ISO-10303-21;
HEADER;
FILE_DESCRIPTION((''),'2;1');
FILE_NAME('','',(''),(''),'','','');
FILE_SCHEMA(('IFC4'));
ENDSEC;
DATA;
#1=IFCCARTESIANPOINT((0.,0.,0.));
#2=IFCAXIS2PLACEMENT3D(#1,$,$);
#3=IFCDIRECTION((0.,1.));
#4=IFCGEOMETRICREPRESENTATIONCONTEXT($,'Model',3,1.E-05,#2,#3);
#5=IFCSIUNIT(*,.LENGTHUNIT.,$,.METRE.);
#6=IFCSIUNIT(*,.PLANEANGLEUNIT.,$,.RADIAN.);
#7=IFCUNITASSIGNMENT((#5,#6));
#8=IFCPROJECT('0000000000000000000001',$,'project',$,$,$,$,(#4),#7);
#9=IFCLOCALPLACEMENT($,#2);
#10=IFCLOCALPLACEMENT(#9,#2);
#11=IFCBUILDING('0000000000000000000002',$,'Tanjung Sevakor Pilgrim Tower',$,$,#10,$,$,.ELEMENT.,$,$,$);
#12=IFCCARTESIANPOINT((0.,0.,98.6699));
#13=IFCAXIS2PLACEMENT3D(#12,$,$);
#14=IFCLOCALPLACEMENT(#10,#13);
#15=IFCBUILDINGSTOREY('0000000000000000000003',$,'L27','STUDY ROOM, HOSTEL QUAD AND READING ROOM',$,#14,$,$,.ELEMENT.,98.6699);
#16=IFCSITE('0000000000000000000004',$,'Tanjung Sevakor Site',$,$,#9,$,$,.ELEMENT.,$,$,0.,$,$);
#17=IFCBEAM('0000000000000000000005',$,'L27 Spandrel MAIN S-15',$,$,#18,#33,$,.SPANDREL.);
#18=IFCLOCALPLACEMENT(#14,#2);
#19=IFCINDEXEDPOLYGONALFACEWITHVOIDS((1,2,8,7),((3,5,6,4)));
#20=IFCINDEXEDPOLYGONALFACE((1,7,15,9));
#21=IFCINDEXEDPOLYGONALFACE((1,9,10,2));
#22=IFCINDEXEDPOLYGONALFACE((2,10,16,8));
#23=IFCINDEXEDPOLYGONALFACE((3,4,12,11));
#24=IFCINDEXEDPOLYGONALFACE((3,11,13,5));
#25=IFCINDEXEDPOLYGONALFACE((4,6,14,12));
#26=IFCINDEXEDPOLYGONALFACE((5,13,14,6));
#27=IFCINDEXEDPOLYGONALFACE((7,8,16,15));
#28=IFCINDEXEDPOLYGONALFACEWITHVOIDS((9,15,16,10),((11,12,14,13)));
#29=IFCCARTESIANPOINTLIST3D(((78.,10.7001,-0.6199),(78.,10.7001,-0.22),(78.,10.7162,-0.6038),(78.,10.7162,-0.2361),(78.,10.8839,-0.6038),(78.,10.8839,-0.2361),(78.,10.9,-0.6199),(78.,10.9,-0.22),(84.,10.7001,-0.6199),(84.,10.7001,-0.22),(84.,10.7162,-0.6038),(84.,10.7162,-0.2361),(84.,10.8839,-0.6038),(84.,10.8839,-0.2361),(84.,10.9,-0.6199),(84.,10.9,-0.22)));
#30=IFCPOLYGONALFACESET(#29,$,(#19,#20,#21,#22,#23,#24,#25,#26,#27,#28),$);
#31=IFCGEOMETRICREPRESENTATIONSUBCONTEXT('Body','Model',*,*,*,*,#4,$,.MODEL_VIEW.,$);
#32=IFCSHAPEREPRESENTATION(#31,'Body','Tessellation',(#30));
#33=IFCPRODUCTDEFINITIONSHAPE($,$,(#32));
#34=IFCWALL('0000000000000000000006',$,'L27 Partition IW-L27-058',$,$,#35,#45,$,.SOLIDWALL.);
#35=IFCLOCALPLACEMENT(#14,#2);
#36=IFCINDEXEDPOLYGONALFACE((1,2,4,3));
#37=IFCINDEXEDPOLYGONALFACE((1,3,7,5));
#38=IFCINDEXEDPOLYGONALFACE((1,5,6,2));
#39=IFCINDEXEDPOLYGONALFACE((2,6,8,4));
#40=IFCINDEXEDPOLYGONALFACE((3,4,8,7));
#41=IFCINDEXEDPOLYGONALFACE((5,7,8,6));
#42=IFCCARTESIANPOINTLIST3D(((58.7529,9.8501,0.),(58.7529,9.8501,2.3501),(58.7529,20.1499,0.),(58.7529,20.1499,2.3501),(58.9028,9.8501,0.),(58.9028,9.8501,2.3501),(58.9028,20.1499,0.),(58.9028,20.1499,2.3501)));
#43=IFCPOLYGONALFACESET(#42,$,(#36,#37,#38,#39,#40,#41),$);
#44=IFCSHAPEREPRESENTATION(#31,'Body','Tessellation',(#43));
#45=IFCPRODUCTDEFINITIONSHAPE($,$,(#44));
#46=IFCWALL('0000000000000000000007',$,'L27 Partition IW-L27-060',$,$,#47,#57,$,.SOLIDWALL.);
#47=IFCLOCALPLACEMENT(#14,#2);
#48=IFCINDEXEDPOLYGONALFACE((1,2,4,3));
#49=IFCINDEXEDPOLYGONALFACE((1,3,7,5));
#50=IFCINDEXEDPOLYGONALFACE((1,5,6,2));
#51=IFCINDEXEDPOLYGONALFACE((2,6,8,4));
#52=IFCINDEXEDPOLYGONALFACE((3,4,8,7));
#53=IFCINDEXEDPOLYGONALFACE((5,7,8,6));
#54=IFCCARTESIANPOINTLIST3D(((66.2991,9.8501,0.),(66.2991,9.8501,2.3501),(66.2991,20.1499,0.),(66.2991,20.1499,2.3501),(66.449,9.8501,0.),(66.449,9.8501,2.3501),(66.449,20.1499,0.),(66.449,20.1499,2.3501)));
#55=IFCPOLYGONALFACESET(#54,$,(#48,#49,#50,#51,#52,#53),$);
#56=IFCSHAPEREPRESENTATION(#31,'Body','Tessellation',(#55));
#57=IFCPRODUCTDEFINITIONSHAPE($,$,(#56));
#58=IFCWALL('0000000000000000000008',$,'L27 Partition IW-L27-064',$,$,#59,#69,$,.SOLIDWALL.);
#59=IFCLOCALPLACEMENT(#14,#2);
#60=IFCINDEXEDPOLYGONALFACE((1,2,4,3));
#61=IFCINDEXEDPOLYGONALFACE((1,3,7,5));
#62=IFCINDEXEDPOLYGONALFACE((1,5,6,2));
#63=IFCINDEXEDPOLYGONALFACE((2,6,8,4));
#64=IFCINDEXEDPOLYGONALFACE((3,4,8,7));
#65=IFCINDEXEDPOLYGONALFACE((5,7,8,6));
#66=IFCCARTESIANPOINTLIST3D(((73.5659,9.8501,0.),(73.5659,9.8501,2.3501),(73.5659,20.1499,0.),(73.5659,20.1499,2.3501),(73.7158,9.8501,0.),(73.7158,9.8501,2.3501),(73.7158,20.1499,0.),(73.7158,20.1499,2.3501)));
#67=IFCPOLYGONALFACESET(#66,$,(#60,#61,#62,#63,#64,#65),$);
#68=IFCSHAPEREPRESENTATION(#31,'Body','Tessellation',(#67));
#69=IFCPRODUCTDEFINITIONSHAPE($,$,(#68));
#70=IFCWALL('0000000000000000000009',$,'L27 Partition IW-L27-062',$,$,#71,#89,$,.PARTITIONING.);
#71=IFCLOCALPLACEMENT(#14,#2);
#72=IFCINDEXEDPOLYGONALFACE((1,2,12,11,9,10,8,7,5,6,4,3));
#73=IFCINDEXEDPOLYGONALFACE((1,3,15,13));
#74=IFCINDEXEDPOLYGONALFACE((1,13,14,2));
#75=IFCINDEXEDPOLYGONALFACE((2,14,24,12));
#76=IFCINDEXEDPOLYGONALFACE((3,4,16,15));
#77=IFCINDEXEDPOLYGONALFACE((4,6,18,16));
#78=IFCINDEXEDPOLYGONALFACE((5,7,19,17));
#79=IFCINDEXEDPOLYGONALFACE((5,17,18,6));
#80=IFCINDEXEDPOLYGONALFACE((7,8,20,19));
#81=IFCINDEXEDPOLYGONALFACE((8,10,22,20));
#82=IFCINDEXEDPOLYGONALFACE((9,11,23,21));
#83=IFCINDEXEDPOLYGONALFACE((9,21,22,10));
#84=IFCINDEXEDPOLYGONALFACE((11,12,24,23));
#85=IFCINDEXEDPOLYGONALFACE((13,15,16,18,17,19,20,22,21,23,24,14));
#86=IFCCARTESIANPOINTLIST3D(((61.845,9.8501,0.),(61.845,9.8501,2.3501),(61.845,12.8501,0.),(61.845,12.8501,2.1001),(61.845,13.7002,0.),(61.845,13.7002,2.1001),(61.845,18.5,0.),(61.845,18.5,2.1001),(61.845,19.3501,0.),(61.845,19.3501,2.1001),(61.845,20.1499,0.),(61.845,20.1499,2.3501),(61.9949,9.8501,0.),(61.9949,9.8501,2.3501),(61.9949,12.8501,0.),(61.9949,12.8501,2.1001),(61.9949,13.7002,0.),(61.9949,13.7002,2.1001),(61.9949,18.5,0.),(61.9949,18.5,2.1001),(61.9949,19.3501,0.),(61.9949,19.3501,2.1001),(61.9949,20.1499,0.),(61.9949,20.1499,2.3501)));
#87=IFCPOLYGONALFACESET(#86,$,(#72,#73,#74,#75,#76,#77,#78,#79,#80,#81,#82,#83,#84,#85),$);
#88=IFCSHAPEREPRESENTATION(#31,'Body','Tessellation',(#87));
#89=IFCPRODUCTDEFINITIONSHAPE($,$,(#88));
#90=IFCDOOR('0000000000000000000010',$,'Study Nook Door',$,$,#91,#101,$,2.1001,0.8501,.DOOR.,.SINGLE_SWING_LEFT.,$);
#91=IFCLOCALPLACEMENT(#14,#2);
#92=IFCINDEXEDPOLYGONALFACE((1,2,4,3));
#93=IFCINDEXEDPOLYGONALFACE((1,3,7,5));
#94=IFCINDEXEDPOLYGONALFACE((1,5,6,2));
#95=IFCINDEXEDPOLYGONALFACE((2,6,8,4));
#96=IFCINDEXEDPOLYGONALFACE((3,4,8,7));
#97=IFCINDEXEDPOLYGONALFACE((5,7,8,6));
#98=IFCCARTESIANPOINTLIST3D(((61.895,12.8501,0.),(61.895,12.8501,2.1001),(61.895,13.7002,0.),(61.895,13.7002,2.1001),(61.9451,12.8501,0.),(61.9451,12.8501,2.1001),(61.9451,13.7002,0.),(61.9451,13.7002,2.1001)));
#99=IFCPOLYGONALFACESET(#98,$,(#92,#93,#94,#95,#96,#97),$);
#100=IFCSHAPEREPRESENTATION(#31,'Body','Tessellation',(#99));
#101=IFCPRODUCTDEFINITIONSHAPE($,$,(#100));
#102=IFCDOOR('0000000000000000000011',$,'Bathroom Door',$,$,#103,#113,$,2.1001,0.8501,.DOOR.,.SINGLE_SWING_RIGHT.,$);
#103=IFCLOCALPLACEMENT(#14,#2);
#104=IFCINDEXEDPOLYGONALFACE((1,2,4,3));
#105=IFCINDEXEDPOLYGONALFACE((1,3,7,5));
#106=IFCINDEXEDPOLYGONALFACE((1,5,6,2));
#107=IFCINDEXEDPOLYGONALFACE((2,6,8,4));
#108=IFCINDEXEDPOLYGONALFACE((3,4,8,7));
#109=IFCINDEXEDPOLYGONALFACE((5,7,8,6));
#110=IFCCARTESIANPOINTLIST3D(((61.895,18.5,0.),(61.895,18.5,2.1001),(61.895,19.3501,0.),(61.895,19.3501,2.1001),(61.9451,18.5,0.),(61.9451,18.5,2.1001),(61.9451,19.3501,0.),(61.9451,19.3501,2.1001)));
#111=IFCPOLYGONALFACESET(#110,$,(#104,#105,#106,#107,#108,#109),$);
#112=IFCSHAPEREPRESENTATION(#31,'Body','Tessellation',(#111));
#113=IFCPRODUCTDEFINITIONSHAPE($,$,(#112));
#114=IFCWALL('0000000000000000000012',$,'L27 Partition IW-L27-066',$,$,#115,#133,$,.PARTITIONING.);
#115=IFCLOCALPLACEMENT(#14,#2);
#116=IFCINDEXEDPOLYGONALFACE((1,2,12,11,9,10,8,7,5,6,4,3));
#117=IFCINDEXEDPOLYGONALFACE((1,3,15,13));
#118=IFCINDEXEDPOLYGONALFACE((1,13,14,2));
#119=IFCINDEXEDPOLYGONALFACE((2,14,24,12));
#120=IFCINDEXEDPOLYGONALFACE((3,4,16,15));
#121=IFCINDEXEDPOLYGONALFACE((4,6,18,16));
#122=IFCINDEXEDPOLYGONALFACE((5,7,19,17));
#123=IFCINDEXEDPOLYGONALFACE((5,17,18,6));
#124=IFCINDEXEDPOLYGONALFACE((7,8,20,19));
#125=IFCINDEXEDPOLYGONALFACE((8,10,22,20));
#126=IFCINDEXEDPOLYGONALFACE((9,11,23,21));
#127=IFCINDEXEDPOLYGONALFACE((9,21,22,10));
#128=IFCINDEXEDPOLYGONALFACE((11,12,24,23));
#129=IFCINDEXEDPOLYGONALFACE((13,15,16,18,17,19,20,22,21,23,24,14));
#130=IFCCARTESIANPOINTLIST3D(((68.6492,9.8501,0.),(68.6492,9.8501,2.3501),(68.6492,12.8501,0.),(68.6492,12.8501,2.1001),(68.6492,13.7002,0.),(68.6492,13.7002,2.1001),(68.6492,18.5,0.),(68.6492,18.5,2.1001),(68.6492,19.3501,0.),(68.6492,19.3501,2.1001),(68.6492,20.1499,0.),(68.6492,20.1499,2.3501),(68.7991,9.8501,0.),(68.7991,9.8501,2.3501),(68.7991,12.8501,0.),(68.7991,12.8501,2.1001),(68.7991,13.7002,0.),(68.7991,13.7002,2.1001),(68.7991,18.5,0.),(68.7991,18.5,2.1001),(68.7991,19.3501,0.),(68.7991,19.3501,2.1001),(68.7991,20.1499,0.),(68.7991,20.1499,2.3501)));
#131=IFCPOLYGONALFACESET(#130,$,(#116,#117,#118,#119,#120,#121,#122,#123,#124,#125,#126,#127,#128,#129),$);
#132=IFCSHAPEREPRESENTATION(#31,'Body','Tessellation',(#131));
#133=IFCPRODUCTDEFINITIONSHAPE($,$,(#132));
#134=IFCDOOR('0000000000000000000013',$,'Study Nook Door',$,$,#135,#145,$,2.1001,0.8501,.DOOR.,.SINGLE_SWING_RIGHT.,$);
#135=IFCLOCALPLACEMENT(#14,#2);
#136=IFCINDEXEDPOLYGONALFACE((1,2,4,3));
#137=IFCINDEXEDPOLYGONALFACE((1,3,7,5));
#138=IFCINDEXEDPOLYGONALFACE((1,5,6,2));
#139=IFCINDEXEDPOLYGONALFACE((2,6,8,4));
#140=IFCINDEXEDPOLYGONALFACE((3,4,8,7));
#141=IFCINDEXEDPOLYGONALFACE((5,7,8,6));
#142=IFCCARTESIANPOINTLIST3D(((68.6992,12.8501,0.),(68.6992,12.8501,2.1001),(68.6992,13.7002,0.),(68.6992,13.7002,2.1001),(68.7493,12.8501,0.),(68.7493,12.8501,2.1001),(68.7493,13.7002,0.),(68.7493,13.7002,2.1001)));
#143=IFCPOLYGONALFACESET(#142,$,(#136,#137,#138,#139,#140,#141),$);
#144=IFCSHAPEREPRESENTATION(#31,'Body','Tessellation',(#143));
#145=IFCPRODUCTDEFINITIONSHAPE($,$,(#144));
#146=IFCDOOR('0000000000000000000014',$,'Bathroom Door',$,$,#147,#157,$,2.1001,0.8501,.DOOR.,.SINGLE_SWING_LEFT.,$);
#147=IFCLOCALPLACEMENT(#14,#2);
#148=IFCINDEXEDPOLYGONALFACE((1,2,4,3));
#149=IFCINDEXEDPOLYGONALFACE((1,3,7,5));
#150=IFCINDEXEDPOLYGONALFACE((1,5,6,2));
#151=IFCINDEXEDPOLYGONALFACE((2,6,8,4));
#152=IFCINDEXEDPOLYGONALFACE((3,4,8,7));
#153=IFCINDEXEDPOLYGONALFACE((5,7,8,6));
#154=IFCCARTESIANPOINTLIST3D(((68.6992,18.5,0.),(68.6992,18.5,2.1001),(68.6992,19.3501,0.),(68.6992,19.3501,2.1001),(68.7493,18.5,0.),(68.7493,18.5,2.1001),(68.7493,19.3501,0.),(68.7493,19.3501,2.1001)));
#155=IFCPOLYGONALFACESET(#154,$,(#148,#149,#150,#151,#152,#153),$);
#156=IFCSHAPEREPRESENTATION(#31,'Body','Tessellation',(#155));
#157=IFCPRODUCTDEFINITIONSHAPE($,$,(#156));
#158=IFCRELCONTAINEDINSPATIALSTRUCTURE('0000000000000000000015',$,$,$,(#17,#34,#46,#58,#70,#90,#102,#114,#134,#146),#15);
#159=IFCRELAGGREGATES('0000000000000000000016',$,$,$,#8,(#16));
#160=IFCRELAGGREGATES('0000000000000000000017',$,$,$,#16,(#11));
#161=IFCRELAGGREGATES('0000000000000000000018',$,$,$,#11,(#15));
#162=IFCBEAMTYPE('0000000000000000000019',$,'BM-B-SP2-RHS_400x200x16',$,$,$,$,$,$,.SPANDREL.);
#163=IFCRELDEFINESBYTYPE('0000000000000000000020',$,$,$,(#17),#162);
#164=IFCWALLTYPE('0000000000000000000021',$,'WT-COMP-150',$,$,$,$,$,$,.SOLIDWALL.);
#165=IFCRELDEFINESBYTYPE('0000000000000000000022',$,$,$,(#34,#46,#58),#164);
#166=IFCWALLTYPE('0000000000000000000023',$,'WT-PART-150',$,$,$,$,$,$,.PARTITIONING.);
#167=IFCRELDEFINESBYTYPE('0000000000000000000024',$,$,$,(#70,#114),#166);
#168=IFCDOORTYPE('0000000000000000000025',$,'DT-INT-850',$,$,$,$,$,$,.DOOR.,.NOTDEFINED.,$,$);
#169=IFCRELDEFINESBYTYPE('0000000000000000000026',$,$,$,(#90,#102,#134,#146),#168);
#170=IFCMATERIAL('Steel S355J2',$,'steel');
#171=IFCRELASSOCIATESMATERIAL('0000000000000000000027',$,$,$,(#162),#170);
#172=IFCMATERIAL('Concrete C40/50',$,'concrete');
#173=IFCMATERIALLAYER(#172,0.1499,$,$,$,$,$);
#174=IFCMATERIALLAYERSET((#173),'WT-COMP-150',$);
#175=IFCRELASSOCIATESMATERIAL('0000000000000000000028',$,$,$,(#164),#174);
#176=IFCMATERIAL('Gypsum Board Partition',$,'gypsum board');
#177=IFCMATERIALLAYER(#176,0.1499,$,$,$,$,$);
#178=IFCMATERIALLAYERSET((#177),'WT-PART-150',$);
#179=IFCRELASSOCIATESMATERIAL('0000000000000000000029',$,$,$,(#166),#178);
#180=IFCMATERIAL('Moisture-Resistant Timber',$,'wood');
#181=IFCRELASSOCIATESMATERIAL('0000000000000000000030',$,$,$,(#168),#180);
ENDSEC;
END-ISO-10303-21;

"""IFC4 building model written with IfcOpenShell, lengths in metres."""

from ifc_helpers import new_model, si_unit, direction, frame, frame_2d, origin, origin_2d, place, context, subcontext, project, spatial, rectangle, hollow_rectangle, extrude, material, layer, layer_set, material_profile, profile_set, type_object, element, fill, save


model = new_model("IFC4")

# Units and contexts
model_context = context("Model", 3, precision=1e-05, world=origin(), true_north=direction((0.0, 1.0)))
body_context = subcontext(model_context, "Body", "Model", "MODEL_VIEW")
ifc_project = project(units=[si_unit("LENGTHUNIT", "METRE"), si_unit("PLANEANGLEUNIT", "RADIAN")], contexts=[model_context])

# Site, building, storey
site_placement = place(None, origin())
site = spatial("IfcSite", under=ifc_project, at=site_placement, Name="Tanjung Sevakor Site", CompositionType="ELEMENT", RefElevation=0.0)
building_placement = place(site_placement, origin())
building = spatial("IfcBuilding", under=site, at=building_placement, Name="Tanjung Sevakor Pilgrim Tower", CompositionType="ELEMENT")
storey_placement = place(building_placement, frame((0.0, 0.0, 98.6699)))
storey = spatial("IfcBuildingStorey", under=building, at=storey_placement, Name="L27", Description="STUDY ROOM, HOSTEL QUAD AND READING ROOM", CompositionType="ELEMENT", Elevation=98.6699)

# Beam
ifc_material_1 = material(Name="Steel S355J2", Category="steel")
ifc_material_profile_1 = material_profile(ifc_material_1, hollow_rectangle(XDim=0.2, YDim=0.3999, WallThickness=0.0161, at=origin_2d()))
ifc_profile_set_1 = profile_set([ifc_material_profile_1], Name="Steel S355J2")
beam_type_1 = type_object("IfcBeamType", Name="BM-B-SP2-RHS_400x200x16", PredefinedType="SPANDREL", material=ifc_profile_set_1)
for number, where, z_axis, x_axis, name in (
    (1, (78.0, 10.8, -0.4199), (1.0, 0.0, 0.0), (0.0, 1.0, 0.0), "L27 Spandrel MAIN S-15"),
):
    element("IfcBeam", number, at=place(storey_placement, frame(where, z_axis=z_axis, x_axis=x_axis)), inside=storey, type_object=beam_type_1, Name=name, PredefinedType="SPANDREL", context=body_context, shape_type="SweptSolid", body=[
        extrude(hollow_rectangle(XDim=0.2, YDim=0.3999, WallThickness=0.0161, at=origin_2d()), origin(), (0.0, 0.0, 1.0), 6.0),
    ])

# Walls
ifc_material_2 = material(Name="Concrete C40/50", Category="concrete")
ifc_layer_1 = layer(ifc_material_2, 0.1499)
ifc_layer_set_1 = layer_set([ifc_layer_1], Name="WT-COMP-150")
wall_type_1 = type_object("IfcWallType", Name="WT-COMP-150", PredefinedType="SOLIDWALL", material=ifc_layer_set_1)
for number, where, z_axis, x_axis, name in (
    (2, (58.8279, 9.8501, 0.0), (0.0, 0.0, 1.0), (0.0, 1.0, 0.0), "L27 Partition IW-L27-058"),
    (3, (66.374, 9.8501, 0.0), (0.0, 0.0, 1.0), (0.0, 1.0, 0.0), "L27 Partition IW-L27-060"),
    (4, (73.6409, 9.8501, 0.0), (0.0, 0.0, 1.0), (0.0, 1.0, 0.0), "L27 Partition IW-L27-064"),
):
    element("IfcWall", number, at=place(storey_placement, frame(where, z_axis=z_axis, x_axis=x_axis)), inside=storey, type_object=wall_type_1, Name=name, PredefinedType="SOLIDWALL", context=body_context, shape_type="SweptSolid", body=[
        extrude(rectangle(XDim=10.2998, YDim=0.1499, at=frame_2d((5.1499, 0.0))), origin(), (0.0, 0.0, 1.0), 2.3501),
    ])

# Walls, openings, doors
ifc_material_3 = material(Name="Gypsum Board Partition", Category="gypsum board")
ifc_layer_2 = layer(ifc_material_3, 0.1499)
ifc_layer_set_2 = layer_set([ifc_layer_2], Name="WT-PART-150")
wall_type_2 = type_object("IfcWallType", Name="WT-PART-150", PredefinedType="PARTITIONING", material=ifc_layer_set_2)
wall_1_placement = place(storey_placement, frame((61.9199, 9.8501, 0.0), z_axis=(0.0, 0.0, 1.0), x_axis=(0.0, 1.0, 0.0)))
wall_1 = element("IfcWall", 5, at=wall_1_placement, inside=storey, type_object=wall_type_2, Name="L27 Partition IW-L27-062", PredefinedType="PARTITIONING", context=body_context, shape_type="SweptSolid", body=[
    extrude(rectangle(XDim=10.2998, YDim=0.1499, at=frame_2d((5.1499, 0.0))), origin(), (0.0, 0.0, 1.0), 2.3501),
])
opening_1_placement = place(wall_1_placement, frame((3.0, 0.0, 0.0)))
opening_1 = element("IfcOpeningElement", 6, at=opening_1_placement, cuts=wall_1, PredefinedType="OPENING", context=body_context, shape_type="SweptSolid", body=[
    extrude(rectangle(XDim=0.8501, YDim=2.1001, at=frame_2d((0.425, 1.05))), frame((0.0, 0.085, 0.0), z_axis=(0.0, -1.0, 0.0), x_axis=(1.0, 0.0, 0.0)), (0.0, 0.0, 1.0), 0.1699),
])
opening_2_placement = place(wall_1_placement, frame((8.6499, 0.0, 0.0)))
opening_2 = element("IfcOpeningElement", 7, at=opening_2_placement, cuts=wall_1, PredefinedType="OPENING", context=body_context, shape_type="SweptSolid", body=[
    extrude(rectangle(XDim=0.8501, YDim=2.1001, at=frame_2d((0.425, 1.05))), frame((0.0, 0.085, 0.0), z_axis=(0.0, -1.0, 0.0), x_axis=(1.0, 0.0, 0.0)), (0.0, 0.0, 1.0), 0.1699),
])
ifc_material_4 = material(Name="Moisture-Resistant Timber", Category="wood")
door_type = type_object("IfcDoorType", Name="DT-INT-850", OperationType="NOTDEFINED", PredefinedType="DOOR", material=ifc_material_4)
door_1_placement = place(opening_1_placement, origin())
door_1 = element("IfcDoor", 8, at=door_1_placement, inside=storey, type_object=door_type, Name="Study Nook Door", OperationType="SINGLE_SWING_LEFT", OverallHeight=2.1001, OverallWidth=0.8501, PredefinedType="DOOR", context=body_context, shape_type="SweptSolid", body=[
    extrude(rectangle(XDim=0.8501, YDim=2.1001, at=frame_2d((0.425, 1.05))), frame((0.0, 0.0249, 0.0), z_axis=(0.0, -1.0, 0.0), x_axis=(1.0, 0.0, 0.0)), (0.0, 0.0, 1.0), 0.05),
])
fill(opening_1, door_1)
door_2_placement = place(opening_2_placement, origin())
door_2 = element("IfcDoor", 9, at=door_2_placement, inside=storey, type_object=door_type, Name="Bathroom Door", OperationType="SINGLE_SWING_RIGHT", OverallHeight=2.1001, OverallWidth=0.8501, PredefinedType="DOOR", context=body_context, shape_type="SweptSolid", body=[
    extrude(rectangle(XDim=0.8501, YDim=2.1001, at=frame_2d((0.425, 1.05))), frame((0.0, 0.0249, 0.0), z_axis=(0.0, -1.0, 0.0), x_axis=(1.0, 0.0, 0.0)), (0.0, 0.0, 1.0), 0.05),
])
fill(opening_2, door_2)
wall_2_placement = place(storey_placement, frame((68.7241, 9.8501, 0.0), z_axis=(0.0, 0.0, 1.0), x_axis=(0.0, 1.0, 0.0)))
wall_2 = element("IfcWall", 10, at=wall_2_placement, inside=storey, type_object=wall_type_2, Name="L27 Partition IW-L27-066", PredefinedType="PARTITIONING", context=body_context, shape_type="SweptSolid", body=[
    extrude(rectangle(XDim=10.2998, YDim=0.1499, at=frame_2d((5.1499, 0.0))), origin(), (0.0, 0.0, 1.0), 2.3501),
])
opening_3_placement = place(wall_2_placement, frame((3.0, 0.0, 0.0)))
opening_3 = element("IfcOpeningElement", 11, at=opening_3_placement, cuts=wall_2, PredefinedType="OPENING", context=body_context, shape_type="SweptSolid", body=[
    extrude(rectangle(XDim=0.8501, YDim=2.1001, at=frame_2d((0.425, 1.05))), frame((0.0, 0.085, 0.0), z_axis=(0.0, -1.0, 0.0), x_axis=(1.0, 0.0, 0.0)), (0.0, 0.0, 1.0), 0.1699),
])
opening_4_placement = place(wall_2_placement, frame((8.6499, 0.0, 0.0)))
opening_4 = element("IfcOpeningElement", 12, at=opening_4_placement, cuts=wall_2, PredefinedType="OPENING", context=body_context, shape_type="SweptSolid", body=[
    extrude(rectangle(XDim=0.8501, YDim=2.1001, at=frame_2d((0.425, 1.05))), frame((0.0, 0.085, 0.0), z_axis=(0.0, -1.0, 0.0), x_axis=(1.0, 0.0, 0.0)), (0.0, 0.0, 1.0), 0.1699),
])
door_3_placement = place(opening_3_placement, origin())
door_3 = element("IfcDoor", 13, at=door_3_placement, inside=storey, type_object=door_type, Name="Study Nook Door", OperationType="SINGLE_SWING_RIGHT", OverallHeight=2.1001, OverallWidth=0.8501, PredefinedType="DOOR", context=body_context, shape_type="SweptSolid", body=[
    extrude(rectangle(XDim=0.8501, YDim=2.1001, at=frame_2d((0.425, 1.05))), frame((0.0, 0.0249, 0.0), z_axis=(0.0, -1.0, 0.0), x_axis=(1.0, 0.0, 0.0)), (0.0, 0.0, 1.0), 0.05),
])
fill(opening_3, door_3)
door_4_placement = place(opening_4_placement, origin())
door_4 = element("IfcDoor", 14, at=door_4_placement, inside=storey, type_object=door_type, Name="Bathroom Door", OperationType="SINGLE_SWING_LEFT", OverallHeight=2.1001, OverallWidth=0.8501, PredefinedType="DOOR", context=body_context, shape_type="SweptSolid", body=[
    extrude(rectangle(XDim=0.8501, YDim=2.1001, at=frame_2d((0.425, 1.05))), frame((0.0, 0.0249, 0.0), z_axis=(0.0, -1.0, 0.0), x_axis=(1.0, 0.0, 0.0)), (0.0, 0.0, 1.0), 0.05),
])
fill(opening_4, door_4)

save(model, "model.ifc")
